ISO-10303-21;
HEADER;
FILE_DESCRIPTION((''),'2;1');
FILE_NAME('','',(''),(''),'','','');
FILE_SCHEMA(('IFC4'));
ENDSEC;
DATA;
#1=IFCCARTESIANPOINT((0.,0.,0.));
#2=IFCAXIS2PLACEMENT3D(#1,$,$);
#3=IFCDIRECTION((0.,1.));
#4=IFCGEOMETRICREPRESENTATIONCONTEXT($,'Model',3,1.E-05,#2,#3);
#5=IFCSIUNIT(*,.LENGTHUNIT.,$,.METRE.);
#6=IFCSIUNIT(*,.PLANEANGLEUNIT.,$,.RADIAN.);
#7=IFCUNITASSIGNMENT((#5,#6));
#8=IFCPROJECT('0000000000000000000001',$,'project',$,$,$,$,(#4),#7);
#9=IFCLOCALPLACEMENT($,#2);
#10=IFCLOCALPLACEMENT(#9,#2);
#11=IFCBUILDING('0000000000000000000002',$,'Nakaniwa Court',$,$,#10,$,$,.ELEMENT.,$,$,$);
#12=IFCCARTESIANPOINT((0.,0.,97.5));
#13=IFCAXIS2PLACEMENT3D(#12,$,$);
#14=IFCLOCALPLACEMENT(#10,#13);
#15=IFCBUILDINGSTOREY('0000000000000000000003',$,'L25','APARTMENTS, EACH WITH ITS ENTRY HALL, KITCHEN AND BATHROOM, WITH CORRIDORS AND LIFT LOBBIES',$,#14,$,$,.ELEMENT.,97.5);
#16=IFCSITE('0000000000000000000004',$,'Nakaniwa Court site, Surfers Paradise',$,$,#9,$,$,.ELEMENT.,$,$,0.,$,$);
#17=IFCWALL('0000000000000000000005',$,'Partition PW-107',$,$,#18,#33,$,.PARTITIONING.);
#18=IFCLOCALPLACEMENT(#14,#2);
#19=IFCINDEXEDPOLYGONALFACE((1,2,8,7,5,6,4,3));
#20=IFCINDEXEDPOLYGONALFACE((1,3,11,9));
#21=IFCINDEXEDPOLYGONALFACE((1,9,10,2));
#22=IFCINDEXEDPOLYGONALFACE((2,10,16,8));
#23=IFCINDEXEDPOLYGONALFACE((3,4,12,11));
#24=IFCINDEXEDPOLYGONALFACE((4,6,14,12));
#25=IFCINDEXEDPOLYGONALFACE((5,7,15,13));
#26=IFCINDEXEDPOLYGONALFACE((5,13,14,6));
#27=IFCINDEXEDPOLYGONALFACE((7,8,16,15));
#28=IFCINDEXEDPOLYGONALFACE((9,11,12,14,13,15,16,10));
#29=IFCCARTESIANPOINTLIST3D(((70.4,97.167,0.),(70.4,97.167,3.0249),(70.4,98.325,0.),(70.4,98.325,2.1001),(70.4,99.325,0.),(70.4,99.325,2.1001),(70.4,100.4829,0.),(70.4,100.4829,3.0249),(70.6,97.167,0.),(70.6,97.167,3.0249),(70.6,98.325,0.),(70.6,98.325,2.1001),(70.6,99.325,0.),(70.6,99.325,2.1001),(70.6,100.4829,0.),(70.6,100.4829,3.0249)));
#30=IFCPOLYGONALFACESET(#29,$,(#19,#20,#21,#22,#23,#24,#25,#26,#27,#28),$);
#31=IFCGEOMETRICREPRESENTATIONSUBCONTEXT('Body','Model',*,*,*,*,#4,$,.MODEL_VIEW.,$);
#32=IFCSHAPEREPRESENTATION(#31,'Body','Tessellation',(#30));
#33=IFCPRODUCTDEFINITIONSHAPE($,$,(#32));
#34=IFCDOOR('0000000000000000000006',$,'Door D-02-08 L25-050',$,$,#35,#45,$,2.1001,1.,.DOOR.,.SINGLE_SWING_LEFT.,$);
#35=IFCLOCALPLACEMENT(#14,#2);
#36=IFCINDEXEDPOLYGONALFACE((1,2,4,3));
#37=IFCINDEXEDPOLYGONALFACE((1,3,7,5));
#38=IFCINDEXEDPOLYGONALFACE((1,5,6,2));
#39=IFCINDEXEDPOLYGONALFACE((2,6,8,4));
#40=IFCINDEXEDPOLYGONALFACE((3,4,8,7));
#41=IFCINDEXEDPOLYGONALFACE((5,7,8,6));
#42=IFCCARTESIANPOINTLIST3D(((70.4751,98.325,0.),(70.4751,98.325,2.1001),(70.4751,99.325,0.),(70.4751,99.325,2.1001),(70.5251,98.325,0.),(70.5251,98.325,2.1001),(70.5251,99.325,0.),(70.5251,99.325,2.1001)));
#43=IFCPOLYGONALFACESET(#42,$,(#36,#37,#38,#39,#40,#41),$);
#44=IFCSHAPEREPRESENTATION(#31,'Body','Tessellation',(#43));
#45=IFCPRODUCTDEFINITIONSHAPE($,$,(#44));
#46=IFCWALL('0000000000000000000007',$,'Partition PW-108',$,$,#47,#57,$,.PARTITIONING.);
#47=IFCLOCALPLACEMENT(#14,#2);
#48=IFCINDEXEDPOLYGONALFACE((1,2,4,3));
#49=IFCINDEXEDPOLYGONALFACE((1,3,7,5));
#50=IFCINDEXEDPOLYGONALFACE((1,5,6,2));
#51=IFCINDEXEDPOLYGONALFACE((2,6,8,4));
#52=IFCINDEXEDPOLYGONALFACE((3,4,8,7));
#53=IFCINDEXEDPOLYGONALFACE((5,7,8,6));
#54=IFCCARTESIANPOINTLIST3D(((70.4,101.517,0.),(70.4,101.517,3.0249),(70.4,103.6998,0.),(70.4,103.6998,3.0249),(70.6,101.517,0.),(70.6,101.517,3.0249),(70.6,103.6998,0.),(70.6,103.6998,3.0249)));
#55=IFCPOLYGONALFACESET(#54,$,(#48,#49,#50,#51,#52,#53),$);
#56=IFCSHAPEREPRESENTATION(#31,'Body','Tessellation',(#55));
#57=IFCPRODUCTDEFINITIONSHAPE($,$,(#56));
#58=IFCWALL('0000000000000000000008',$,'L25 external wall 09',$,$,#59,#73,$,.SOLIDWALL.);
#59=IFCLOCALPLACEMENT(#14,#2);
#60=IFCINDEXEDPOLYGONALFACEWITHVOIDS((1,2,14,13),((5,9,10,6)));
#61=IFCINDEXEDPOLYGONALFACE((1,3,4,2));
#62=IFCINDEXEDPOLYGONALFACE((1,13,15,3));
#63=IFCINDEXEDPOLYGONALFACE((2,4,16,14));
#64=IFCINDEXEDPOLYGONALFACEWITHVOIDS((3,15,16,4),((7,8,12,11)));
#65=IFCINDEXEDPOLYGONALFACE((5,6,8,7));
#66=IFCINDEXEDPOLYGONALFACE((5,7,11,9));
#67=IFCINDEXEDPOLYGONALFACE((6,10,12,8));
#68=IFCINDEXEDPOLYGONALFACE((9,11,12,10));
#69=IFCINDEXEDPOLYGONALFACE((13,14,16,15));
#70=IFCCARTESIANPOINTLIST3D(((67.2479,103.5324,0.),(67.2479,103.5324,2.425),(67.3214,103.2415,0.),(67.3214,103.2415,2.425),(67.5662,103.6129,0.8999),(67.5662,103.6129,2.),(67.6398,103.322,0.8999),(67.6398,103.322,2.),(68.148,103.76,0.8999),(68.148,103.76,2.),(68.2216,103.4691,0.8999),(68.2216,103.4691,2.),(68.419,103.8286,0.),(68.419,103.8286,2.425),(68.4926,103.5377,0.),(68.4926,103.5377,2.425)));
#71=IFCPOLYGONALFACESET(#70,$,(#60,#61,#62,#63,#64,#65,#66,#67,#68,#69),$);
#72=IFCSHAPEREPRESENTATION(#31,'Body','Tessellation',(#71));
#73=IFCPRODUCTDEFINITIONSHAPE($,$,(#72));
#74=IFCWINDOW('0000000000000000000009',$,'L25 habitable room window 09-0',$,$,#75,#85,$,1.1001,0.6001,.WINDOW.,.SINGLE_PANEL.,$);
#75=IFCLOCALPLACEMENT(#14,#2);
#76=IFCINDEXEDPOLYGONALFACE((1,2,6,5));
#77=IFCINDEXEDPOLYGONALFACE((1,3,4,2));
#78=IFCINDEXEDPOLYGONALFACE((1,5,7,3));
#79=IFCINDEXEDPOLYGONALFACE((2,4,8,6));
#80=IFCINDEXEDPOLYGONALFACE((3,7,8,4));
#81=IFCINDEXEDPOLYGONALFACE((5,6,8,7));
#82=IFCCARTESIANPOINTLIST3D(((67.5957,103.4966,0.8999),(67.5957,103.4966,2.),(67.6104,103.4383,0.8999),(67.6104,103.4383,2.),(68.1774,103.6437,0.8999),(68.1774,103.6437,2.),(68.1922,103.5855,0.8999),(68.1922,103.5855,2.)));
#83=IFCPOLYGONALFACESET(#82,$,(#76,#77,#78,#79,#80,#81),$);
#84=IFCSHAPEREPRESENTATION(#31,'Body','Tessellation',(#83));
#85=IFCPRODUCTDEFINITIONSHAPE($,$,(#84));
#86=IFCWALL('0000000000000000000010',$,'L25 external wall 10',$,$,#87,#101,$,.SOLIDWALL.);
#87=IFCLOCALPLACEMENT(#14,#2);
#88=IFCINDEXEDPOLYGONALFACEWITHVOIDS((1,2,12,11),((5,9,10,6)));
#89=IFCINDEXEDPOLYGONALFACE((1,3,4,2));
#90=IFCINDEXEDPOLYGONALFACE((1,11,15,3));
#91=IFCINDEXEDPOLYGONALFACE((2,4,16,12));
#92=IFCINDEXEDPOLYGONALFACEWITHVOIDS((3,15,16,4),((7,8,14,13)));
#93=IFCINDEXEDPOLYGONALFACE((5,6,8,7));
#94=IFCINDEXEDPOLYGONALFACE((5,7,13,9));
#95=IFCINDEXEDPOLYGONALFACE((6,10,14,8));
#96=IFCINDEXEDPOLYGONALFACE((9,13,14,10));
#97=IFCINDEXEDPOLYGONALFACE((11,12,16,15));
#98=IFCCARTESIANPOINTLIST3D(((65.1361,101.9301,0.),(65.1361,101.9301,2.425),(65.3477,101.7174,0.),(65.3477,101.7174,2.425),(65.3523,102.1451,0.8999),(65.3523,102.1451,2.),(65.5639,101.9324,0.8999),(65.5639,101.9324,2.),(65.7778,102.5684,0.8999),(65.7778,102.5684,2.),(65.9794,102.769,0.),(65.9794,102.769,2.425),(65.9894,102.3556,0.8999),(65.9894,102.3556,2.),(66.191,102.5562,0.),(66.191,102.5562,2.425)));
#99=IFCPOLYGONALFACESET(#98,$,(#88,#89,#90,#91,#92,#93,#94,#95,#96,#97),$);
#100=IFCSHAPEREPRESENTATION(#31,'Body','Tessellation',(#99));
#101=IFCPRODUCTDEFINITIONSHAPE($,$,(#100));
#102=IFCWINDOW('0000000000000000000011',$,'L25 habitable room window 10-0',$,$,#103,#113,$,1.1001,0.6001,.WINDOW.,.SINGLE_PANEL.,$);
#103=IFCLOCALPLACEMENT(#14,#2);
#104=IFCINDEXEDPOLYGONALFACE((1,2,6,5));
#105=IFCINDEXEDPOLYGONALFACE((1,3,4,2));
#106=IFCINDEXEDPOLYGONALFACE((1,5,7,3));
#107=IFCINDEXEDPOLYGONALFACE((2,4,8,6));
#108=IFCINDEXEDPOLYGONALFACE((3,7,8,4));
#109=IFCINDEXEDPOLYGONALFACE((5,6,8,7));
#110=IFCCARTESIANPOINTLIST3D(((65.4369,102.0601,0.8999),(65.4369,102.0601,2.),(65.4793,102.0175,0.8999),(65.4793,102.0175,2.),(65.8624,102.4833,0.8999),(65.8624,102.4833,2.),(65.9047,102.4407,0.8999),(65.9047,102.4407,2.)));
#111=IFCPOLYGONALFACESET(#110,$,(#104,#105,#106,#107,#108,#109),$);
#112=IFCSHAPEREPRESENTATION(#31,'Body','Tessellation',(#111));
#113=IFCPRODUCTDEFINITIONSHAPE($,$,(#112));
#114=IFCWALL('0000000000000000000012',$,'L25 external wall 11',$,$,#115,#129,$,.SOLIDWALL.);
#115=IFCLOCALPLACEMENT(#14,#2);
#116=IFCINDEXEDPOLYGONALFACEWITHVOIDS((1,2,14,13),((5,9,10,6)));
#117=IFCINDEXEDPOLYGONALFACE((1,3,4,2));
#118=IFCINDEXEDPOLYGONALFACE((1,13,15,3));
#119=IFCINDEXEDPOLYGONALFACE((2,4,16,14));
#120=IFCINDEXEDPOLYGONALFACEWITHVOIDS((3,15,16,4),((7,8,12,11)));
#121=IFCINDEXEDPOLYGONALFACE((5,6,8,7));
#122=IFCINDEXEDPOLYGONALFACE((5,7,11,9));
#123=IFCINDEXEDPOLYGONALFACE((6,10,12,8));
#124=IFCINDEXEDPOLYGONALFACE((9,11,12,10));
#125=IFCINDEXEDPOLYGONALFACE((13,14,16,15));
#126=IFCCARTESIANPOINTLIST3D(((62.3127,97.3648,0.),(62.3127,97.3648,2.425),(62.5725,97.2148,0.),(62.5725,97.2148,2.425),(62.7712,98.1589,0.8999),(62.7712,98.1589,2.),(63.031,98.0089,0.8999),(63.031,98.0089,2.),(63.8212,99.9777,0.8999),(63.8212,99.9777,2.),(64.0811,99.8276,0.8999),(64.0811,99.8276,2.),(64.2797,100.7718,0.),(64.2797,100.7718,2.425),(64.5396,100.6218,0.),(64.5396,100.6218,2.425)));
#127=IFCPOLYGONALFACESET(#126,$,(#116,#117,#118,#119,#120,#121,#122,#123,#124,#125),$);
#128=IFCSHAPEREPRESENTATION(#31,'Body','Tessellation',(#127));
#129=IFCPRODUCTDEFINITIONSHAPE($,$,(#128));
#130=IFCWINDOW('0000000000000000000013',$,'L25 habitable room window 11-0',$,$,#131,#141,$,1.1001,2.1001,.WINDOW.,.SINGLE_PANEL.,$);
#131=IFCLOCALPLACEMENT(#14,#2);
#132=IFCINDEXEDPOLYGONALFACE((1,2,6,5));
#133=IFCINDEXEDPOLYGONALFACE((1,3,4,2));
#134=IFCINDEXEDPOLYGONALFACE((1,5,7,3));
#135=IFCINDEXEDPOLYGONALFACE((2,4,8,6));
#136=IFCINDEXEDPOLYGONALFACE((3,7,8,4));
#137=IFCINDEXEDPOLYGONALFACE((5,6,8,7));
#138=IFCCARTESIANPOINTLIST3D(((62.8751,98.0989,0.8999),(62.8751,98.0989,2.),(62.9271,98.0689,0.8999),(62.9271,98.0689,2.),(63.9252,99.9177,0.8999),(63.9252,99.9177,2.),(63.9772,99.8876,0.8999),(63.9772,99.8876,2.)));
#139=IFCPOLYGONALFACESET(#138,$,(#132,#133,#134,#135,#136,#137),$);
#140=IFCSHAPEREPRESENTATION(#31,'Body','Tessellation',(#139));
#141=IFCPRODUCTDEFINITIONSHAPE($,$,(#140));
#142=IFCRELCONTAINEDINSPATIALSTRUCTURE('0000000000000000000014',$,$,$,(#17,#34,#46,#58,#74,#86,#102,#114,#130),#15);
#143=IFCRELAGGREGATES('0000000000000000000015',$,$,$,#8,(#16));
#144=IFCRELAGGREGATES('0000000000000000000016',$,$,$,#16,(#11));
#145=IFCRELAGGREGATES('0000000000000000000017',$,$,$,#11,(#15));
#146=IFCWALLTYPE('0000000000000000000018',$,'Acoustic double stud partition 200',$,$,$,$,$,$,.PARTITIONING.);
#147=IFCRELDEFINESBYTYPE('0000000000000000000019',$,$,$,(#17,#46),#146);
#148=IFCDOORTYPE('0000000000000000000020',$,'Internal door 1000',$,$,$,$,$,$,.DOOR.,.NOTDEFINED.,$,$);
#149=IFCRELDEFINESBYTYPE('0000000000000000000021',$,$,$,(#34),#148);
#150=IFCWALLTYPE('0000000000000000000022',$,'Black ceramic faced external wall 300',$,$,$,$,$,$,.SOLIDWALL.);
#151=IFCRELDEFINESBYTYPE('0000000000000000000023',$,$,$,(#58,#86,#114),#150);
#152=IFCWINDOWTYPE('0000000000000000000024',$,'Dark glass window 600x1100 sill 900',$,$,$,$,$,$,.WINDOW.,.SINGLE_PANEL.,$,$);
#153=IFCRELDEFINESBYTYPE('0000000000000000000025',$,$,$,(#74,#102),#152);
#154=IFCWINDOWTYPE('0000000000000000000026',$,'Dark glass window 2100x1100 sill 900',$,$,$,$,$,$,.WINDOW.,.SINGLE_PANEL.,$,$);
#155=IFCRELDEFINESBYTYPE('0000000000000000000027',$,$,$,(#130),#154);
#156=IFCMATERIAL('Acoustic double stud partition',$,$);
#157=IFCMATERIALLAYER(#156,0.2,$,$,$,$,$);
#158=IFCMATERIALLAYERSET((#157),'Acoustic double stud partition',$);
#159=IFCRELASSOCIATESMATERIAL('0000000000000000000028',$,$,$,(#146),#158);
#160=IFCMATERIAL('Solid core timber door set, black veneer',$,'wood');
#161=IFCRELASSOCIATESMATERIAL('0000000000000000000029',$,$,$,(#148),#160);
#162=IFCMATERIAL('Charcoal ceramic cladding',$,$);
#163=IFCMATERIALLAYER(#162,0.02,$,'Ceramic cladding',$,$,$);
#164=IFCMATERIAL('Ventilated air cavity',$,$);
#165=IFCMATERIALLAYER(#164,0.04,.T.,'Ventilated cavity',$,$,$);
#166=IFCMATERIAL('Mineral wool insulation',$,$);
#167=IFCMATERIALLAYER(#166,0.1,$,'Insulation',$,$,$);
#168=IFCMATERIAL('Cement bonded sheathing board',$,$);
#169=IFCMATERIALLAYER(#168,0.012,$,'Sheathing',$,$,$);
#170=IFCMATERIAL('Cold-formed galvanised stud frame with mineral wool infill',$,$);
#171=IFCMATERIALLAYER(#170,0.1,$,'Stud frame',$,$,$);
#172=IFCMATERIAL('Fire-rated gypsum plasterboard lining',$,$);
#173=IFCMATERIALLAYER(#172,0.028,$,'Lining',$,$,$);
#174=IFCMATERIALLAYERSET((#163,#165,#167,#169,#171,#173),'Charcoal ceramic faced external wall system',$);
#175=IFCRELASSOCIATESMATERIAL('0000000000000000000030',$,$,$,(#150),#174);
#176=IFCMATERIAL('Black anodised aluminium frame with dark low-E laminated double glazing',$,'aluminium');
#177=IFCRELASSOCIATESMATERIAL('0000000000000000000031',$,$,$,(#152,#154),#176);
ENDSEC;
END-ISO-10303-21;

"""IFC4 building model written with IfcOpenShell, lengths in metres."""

from ifc_helpers import new_model, si_unit, direction, frame, frame_2d, origin, place, context, subcontext, project, spatial, rectangle, extrude, material, layer, layer_set, type_object, element, fill, save


model = new_model("IFC4")

# Units and contexts
model_context = context("Model", 3, precision=1e-05, world=origin(), true_north=direction((0.0, 1.0)))
body_context = subcontext(model_context, "Body", "Model", "MODEL_VIEW")
ifc_project = project(units=[si_unit("LENGTHUNIT", "METRE"), si_unit("PLANEANGLEUNIT", "RADIAN")], contexts=[model_context])

# Site, building, storey
site_placement = place(None, origin())
site = spatial("IfcSite", under=ifc_project, at=site_placement, Name="Nakaniwa Court site, Surfers Paradise", CompositionType="ELEMENT", RefElevation=0.0)
building_placement = place(site_placement, origin())
building = spatial("IfcBuilding", under=site, at=building_placement, Name="Nakaniwa Court", CompositionType="ELEMENT")
storey_placement = place(building_placement, frame((0.0, 0.0, 97.5)))
storey = spatial("IfcBuildingStorey", under=building, at=storey_placement, Name="L25", Description="APARTMENTS, EACH WITH ITS ENTRY HALL, KITCHEN AND BATHROOM, WITH CORRIDORS AND LIFT LOBBIES", CompositionType="ELEMENT", Elevation=97.5)

# Shared definitions
ifc_material_1 = material(Name="Acoustic double stud partition")
ifc_layer_1 = layer(ifc_material_1, 0.2)
ifc_layer_set_1 = layer_set([ifc_layer_1], Name="Acoustic double stud partition")
wall_type_1 = type_object("IfcWallType", Name="Acoustic double stud partition 200", PredefinedType="PARTITIONING", material=ifc_layer_set_1)

# Wall, opening, door
wall_1_placement = place(storey_placement, frame((70.5, 97.167, 0.0), z_axis=(0.0, 0.0, 1.0), x_axis=(0.0, 1.0, 0.0)))
wall_1 = element("IfcWall", 1, at=wall_1_placement, inside=storey, type_object=wall_type_1, Name="Partition PW-107", PredefinedType="PARTITIONING", context=body_context, shape_type="SweptSolid", body=[
    extrude(rectangle(XDim=3.3159, YDim=0.2, at=frame_2d((1.658, 0.0))), origin(), (0.0, 0.0, 1.0), 3.0249),
])
opening_1_placement = place(wall_1_placement, frame((1.158, 0.0, 0.0)))
opening_1 = element("IfcOpeningElement", 2, at=opening_1_placement, cuts=wall_1, PredefinedType="OPENING", context=body_context, shape_type="SweptSolid", body=[
    extrude(rectangle(XDim=1.0, YDim=2.1001, at=frame_2d((0.5, 1.05))), frame((0.0, 0.1099, 0.0), z_axis=(0.0, -1.0, 0.0), x_axis=(1.0, 0.0, 0.0)), (0.0, 0.0, 1.0), 0.22),
])
ifc_material_2 = material(Name="Solid core timber door set, black veneer", Category="wood")
door_type_1 = type_object("IfcDoorType", Name="Internal door 1000", OperationType="NOTDEFINED", PredefinedType="DOOR", material=ifc_material_2)
door_1_placement = place(opening_1_placement, origin())
door_1 = element("IfcDoor", 3, at=door_1_placement, inside=storey, type_object=door_type_1, Name="Door D-02-08 L25-050", OperationType="SINGLE_SWING_LEFT", OverallHeight=2.1001, OverallWidth=1.0, PredefinedType="DOOR", context=body_context, shape_type="SweptSolid", body=[
    extrude(rectangle(XDim=1.0, YDim=2.1001, at=frame_2d((0.5, 1.05))), frame((0.0, 0.0249, 0.0), z_axis=(0.0, -1.0, 0.0), x_axis=(1.0, 0.0, 0.0)), (0.0, 0.0, 1.0), 0.05),
])
fill(opening_1, door_1)

# Wall
wall_2_placement = place(storey_placement, frame((70.5, 101.5171, 0.0), z_axis=(0.0, 0.0, 1.0), x_axis=(0.0, 1.0, 0.0)))
element("IfcWall", 4, at=wall_2_placement, inside=storey, type_object=wall_type_1, Name="Partition PW-108", PredefinedType="PARTITIONING", context=body_context, shape_type="SweptSolid", body=[
    extrude(rectangle(XDim=2.1829, YDim=0.2, at=frame_2d((1.0913, 0.0))), origin(), (0.0, 0.0, 1.0), 3.0249),
])

# Walls, openings, windows
ifc_material_3 = material(Name="Charcoal ceramic cladding")
ifc_layer_2 = layer(ifc_material_3, 0.02, Name="Ceramic cladding")
ifc_material_4 = material(Name="Ventilated air cavity")
ifc_layer_3 = layer(ifc_material_4, 0.04, ventilated=True, Name="Ventilated cavity")
ifc_material_5 = material(Name="Mineral wool insulation")
ifc_layer_4 = layer(ifc_material_5, 0.1, Name="Insulation")
ifc_material_6 = material(Name="Cement bonded sheathing board")
ifc_layer_5 = layer(ifc_material_6, 0.012, Name="Sheathing")
ifc_material_7 = material(Name="Cold-formed galvanised stud frame with mineral wool infill")
ifc_layer_6 = layer(ifc_material_7, 0.1, Name="Stud frame")
ifc_material_8 = material(Name="Fire-rated gypsum plasterboard lining")
ifc_layer_7 = layer(ifc_material_8, 0.028, Name="Lining")
ifc_layer_set_2 = layer_set([ifc_layer_2, ifc_layer_3, ifc_layer_4, ifc_layer_5, ifc_layer_6, ifc_layer_7], Name="Charcoal ceramic faced external wall system")
wall_type_2 = type_object("IfcWallType", Name="Black ceramic faced external wall 300", PredefinedType="SOLIDWALL", material=ifc_layer_set_2)
wall_3_placement = place(storey_placement, frame((68.4558, 103.6831, 0.0), z_axis=(0.0, 0.0, 1.0), x_axis=(-0.969485, -0.24515, 0.0)))
wall_3 = element("IfcWall", 5, at=wall_3_placement, inside=storey, type_object=wall_type_2, Name="L25 external wall 09", PredefinedType="SOLIDWALL", context=body_context, shape_type="SweptSolid", body=[
    extrude(rectangle(XDim=1.208, YDim=0.3, at=frame_2d((0.604, 0.0))), origin(), (0.0, 0.0, 1.0), 2.425),
])
opening_2_placement = place(wall_3_placement, frame((0.2795, 0.0, 0.8999)))
opening_2 = element("IfcOpeningElement", 6, at=opening_2_placement, cuts=wall_3, PredefinedType="OPENING", context=body_context, shape_type="SweptSolid", body=[
    extrude(rectangle(XDim=0.6001, YDim=1.1001, at=frame_2d((0.3, 0.55))), frame((0.0, 0.1599, 0.0), z_axis=(0.0, -1.0, 0.0), x_axis=(1.0, 0.0, 0.0)), (0.0, 0.0, 1.0), 0.3201),
])
ifc_material_9 = material(Name="Black anodised aluminium frame with dark low-E laminated double glazing", Category="aluminium")
window_type_1 = type_object("IfcWindowType", Name="Dark glass window 600x1100 sill 900", PartitioningType="SINGLE_PANEL", PredefinedType="WINDOW", material=ifc_material_9)
window_1_placement = place(opening_2_placement, origin())
window_1 = element("IfcWindow", 7, at=window_1_placement, inside=storey, type_object=window_type_1, Name="L25 habitable room window 09-0", OverallHeight=1.1001, OverallWidth=0.6001, PartitioningType="SINGLE_PANEL", PredefinedType="WINDOW", context=body_context, shape_type="SweptSolid", body=[
    extrude(rectangle(XDim=0.6001, YDim=1.1001, at=frame_2d((0.3, 0.55))), frame((0.0, 0.03, 0.0), z_axis=(0.0, -1.0, 0.0), x_axis=(1.0, 0.0, 0.0)), (0.0, 0.0, 1.0), 0.0601),
])
fill(opening_2, window_1)
wall_4_placement = place(storey_placement, frame((66.0852, 102.6626, 0.0), z_axis=(0.0, 0.0, 1.0), x_axis=(-0.708952, -0.705257, 0.0)))
wall_4 = element("IfcWall", 8, at=wall_4_placement, inside=storey, type_object=wall_type_2, Name="L25 external wall 10", PredefinedType="SOLIDWALL", context=body_context, shape_type="SweptSolid", body=[
    extrude(rectangle(XDim=1.1895, YDim=0.3, at=frame_2d((0.5947, 0.0))), origin(), (0.0, 0.0, 1.0), 2.425),
])
opening_3_placement = place(wall_4_placement, frame((0.2844, 0.0, 0.8999)))
opening_3 = element("IfcOpeningElement", 9, at=opening_3_placement, cuts=wall_4, PredefinedType="OPENING", context=body_context, shape_type="SweptSolid", body=[
    extrude(rectangle(XDim=0.6001, YDim=1.1001, at=frame_2d((0.3, 0.55))), frame((0.0, 0.1599, 0.0), z_axis=(0.0, -1.0, 0.0), x_axis=(1.0, 0.0, 0.0)), (0.0, 0.0, 1.0), 0.3201),
])
window_2_placement = place(opening_3_placement, origin())
window_2 = element("IfcWindow", 10, at=window_2_placement, inside=storey, type_object=window_type_1, Name="L25 habitable room window 10-0", OverallHeight=1.1001, OverallWidth=0.6001, PartitioningType="SINGLE_PANEL", PredefinedType="WINDOW", context=body_context, shape_type="SweptSolid", body=[
    extrude(rectangle(XDim=0.6001, YDim=1.1001, at=frame_2d((0.3, 0.55))), frame((0.0, 0.03, 0.0), z_axis=(0.0, -1.0, 0.0), x_axis=(1.0, 0.0, 0.0)), (0.0, 0.0, 1.0), 0.0601),
])
fill(opening_3, window_2)
wall_5_placement = place(storey_placement, frame((64.4097, 100.6968, 0.0), z_axis=(0.0, 0.0, 1.0), x_axis=(-0.500004, -0.866023, 0.0)))
wall_5 = element("IfcWall", 11, at=wall_5_placement, inside=storey, type_object=wall_type_2, Name="L25 external wall 11", PredefinedType="SOLIDWALL", context=body_context, shape_type="SweptSolid", body=[
    extrude(rectangle(XDim=3.9341, YDim=0.3, at=frame_2d((1.967, 0.0))), origin(), (0.0, 0.0, 1.0), 2.425),
])
opening_4_placement = place(wall_5_placement, frame((0.917, 0.0, 0.8999)))
opening_4 = element("IfcOpeningElement", 12, at=opening_4_placement, cuts=wall_5, PredefinedType="OPENING", context=body_context, shape_type="SweptSolid", body=[
    extrude(rectangle(XDim=2.1001, YDim=1.1001, at=frame_2d((1.05, 0.55))), frame((0.0, 0.1599, 0.0), z_axis=(0.0, -1.0, 0.0), x_axis=(1.0, 0.0, 0.0)), (0.0, 0.0, 1.0), 0.3201),
])
window_type_2 = type_object("IfcWindowType", Name="Dark glass window 2100x1100 sill 900", PartitioningType="SINGLE_PANEL", PredefinedType="WINDOW", material=ifc_material_9)
window_3_placement = place(opening_4_placement, origin())
window_3 = element("IfcWindow", 13, at=window_3_placement, inside=storey, type_object=window_type_2, Name="L25 habitable room window 11-0", OverallHeight=1.1001, OverallWidth=2.1001, PartitioningType="SINGLE_PANEL", PredefinedType="WINDOW", context=body_context, shape_type="SweptSolid", body=[
    extrude(rectangle(XDim=2.1001, YDim=1.1001, at=frame_2d((1.05, 0.55))), frame((0.0, 0.03, 0.0), z_axis=(0.0, -1.0, 0.0), x_axis=(1.0, 0.0, 0.0)), (0.0, 0.0, 1.0), 0.0601),
])
fill(opening_4, window_3)

save(model, "model.ifc")
